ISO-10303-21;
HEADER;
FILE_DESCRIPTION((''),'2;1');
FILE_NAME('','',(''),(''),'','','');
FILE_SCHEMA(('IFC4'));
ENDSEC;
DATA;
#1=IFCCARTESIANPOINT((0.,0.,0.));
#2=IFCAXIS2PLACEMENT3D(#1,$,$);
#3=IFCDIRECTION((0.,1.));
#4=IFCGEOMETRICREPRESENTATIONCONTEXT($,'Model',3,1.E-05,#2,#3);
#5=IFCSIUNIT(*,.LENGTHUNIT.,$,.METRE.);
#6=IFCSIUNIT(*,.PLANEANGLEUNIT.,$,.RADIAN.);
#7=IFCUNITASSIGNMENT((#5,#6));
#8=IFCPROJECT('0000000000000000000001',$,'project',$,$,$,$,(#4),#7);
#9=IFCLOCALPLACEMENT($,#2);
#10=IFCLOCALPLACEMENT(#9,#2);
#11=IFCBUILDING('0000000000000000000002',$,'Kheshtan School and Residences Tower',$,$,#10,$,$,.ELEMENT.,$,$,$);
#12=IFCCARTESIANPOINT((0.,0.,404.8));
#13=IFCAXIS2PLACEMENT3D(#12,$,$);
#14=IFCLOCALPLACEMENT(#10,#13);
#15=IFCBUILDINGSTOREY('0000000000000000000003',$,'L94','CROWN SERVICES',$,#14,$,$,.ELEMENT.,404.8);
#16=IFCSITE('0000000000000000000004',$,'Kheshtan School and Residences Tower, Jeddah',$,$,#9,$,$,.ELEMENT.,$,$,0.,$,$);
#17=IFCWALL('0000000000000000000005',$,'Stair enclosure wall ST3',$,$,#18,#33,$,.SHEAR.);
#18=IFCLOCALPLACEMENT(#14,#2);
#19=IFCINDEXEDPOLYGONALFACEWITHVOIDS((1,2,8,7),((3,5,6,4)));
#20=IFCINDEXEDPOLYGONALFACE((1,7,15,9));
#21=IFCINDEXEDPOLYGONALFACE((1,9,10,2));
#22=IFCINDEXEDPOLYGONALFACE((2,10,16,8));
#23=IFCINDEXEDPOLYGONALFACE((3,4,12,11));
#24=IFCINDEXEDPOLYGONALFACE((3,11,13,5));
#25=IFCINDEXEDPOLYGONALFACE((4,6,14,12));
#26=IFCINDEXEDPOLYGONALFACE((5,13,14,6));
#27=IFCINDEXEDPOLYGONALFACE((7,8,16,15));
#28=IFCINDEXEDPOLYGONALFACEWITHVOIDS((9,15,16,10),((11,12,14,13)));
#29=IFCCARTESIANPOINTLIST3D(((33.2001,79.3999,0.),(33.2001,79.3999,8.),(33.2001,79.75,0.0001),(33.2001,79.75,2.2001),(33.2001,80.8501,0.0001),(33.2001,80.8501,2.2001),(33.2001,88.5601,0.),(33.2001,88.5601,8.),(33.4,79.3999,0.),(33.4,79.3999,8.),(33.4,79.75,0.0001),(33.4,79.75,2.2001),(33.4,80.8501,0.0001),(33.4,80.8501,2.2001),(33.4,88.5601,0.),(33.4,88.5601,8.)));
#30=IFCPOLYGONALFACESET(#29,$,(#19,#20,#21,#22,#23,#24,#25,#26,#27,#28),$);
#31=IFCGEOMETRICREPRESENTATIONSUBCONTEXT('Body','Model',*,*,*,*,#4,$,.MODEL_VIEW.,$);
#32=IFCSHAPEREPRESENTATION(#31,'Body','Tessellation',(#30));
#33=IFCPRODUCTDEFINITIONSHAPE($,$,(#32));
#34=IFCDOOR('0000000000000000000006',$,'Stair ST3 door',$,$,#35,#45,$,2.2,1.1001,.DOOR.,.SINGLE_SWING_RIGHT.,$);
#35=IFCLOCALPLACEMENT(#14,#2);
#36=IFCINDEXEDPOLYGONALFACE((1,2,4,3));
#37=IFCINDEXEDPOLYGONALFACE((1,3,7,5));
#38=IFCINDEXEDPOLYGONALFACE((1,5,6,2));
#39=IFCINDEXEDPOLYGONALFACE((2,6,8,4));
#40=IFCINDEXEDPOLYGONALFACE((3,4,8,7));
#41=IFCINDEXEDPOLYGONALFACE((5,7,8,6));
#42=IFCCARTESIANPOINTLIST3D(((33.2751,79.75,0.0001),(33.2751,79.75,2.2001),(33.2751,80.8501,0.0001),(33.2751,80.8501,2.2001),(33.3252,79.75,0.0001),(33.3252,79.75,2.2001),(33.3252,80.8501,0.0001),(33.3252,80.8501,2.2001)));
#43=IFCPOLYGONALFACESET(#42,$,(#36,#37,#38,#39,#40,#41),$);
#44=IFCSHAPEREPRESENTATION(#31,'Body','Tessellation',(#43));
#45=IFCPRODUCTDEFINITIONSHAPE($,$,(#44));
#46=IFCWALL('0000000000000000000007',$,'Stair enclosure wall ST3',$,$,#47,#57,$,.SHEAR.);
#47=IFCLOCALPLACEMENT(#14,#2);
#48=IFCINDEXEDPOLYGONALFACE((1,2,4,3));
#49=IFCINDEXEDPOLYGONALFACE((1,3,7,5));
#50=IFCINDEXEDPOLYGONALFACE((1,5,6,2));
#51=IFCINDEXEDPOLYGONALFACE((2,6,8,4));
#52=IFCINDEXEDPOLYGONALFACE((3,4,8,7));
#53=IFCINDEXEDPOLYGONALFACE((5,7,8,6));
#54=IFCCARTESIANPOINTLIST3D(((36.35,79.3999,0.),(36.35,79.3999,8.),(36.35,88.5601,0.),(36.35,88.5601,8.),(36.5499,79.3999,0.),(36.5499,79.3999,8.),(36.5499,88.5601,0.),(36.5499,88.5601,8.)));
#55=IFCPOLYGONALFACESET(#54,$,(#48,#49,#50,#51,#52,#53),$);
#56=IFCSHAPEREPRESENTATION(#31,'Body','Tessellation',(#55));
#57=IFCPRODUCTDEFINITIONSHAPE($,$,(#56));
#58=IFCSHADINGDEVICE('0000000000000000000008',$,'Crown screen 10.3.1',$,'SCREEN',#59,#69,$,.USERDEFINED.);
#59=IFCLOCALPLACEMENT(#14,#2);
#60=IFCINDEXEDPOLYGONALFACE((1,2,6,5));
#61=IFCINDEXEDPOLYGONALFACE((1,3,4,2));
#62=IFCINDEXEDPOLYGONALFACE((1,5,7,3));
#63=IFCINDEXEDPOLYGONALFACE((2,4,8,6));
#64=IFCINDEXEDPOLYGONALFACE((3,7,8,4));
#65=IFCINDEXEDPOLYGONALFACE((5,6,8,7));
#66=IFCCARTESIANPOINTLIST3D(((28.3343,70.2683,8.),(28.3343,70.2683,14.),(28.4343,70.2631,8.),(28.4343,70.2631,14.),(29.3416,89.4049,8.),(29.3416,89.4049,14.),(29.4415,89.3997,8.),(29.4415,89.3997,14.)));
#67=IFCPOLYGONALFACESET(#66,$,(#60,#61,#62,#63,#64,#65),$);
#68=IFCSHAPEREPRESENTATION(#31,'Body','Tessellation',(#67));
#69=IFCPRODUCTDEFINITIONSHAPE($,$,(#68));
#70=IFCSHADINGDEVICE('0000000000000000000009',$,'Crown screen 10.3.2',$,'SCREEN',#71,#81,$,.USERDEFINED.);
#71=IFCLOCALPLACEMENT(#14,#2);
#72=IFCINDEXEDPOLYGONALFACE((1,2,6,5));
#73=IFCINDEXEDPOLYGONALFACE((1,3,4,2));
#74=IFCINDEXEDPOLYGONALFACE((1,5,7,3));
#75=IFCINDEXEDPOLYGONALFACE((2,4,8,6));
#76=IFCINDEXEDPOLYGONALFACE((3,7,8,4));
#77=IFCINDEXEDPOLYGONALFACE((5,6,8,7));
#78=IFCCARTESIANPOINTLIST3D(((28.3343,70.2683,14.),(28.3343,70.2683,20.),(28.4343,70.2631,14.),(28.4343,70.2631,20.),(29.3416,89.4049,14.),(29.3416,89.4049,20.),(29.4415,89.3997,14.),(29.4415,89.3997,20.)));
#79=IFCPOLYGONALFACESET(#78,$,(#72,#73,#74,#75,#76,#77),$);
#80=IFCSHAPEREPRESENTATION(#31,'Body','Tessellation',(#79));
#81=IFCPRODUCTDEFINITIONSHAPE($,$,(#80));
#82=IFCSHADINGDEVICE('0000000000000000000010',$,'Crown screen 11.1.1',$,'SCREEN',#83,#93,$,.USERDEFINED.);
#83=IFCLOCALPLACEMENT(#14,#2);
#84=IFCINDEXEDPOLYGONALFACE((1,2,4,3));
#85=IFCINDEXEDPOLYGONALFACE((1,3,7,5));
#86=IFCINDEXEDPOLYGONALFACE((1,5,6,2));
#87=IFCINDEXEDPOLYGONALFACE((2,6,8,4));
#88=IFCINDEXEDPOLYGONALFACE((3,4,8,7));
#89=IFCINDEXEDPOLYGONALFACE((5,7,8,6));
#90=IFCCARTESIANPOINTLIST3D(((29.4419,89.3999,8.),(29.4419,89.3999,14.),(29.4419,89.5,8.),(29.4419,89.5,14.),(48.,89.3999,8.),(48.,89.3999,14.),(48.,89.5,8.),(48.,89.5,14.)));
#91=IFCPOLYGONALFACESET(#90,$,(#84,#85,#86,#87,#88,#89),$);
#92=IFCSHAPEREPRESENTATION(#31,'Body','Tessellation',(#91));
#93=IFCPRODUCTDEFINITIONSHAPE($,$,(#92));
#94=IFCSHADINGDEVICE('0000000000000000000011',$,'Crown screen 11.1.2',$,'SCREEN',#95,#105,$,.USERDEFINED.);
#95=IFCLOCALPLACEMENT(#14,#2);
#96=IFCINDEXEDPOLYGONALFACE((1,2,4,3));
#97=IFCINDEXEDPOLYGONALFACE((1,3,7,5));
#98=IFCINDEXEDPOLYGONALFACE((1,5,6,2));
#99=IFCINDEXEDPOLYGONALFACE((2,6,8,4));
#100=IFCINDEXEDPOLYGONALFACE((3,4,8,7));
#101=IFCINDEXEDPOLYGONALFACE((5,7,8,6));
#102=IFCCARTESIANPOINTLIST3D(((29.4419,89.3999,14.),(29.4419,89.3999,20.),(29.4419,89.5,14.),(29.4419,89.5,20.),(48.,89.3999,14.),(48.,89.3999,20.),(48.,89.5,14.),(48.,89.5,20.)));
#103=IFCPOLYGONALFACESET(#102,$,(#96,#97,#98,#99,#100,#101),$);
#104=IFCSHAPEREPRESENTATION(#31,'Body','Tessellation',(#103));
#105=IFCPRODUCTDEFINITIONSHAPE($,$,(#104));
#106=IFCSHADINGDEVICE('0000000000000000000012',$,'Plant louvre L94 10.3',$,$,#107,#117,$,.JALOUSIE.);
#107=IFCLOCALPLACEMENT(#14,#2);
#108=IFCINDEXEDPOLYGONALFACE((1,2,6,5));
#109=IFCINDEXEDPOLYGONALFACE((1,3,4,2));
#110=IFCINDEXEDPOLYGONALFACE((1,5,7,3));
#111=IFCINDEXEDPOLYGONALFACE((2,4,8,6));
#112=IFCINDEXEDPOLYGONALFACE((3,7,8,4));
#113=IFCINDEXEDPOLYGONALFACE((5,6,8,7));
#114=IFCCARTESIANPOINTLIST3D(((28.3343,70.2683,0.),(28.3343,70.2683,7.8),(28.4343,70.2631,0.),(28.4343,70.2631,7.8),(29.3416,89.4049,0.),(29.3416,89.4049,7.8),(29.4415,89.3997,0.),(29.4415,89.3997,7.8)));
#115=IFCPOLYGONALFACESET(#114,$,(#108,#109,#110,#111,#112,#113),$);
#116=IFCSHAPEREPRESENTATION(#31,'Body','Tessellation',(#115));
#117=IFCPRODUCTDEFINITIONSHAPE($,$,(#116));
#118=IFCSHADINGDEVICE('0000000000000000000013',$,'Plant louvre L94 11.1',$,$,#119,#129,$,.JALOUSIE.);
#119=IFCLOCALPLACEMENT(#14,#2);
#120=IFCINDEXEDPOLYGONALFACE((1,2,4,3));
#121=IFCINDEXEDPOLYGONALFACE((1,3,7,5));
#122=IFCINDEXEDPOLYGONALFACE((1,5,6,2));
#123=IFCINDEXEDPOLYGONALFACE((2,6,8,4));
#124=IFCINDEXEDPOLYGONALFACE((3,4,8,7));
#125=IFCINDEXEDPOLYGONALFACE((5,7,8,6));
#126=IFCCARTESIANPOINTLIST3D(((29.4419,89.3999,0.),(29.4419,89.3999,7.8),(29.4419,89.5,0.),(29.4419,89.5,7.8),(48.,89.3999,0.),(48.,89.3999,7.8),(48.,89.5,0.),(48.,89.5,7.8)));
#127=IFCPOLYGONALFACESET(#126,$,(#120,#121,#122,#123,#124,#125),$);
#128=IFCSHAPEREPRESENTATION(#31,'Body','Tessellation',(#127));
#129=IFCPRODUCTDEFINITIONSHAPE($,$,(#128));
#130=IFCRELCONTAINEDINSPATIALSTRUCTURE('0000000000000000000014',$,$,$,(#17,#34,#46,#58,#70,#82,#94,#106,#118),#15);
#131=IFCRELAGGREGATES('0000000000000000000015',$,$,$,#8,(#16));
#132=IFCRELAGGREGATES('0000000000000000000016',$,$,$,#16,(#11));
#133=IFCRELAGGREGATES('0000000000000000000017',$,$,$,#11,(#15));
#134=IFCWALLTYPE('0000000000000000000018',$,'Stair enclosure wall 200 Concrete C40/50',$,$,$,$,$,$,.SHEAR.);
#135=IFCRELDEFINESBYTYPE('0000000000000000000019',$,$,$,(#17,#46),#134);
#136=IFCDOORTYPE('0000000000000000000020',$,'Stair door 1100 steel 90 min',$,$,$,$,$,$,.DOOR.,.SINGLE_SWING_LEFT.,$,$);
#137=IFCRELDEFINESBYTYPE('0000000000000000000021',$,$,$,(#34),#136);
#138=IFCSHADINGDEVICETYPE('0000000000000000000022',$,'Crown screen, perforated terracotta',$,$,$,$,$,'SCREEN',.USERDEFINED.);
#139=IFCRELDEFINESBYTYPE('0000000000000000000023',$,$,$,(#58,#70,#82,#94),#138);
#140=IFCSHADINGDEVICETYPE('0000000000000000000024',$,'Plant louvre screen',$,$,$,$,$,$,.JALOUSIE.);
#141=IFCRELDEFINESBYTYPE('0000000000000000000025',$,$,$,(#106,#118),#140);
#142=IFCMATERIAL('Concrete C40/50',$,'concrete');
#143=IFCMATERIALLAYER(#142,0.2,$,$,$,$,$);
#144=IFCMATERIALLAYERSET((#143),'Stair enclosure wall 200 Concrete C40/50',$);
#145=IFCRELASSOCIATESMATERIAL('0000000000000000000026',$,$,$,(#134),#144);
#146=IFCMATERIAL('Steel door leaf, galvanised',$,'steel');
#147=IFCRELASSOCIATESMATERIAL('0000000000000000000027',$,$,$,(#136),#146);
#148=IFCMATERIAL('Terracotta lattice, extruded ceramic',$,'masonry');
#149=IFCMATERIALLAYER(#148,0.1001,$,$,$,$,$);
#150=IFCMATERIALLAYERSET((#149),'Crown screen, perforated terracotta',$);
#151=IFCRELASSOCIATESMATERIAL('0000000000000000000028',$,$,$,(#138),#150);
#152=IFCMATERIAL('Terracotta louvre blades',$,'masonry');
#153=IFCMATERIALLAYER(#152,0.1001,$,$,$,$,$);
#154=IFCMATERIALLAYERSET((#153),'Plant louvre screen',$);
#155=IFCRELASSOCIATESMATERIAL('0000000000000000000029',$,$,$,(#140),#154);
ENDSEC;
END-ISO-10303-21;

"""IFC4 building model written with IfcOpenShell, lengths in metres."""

from ifc_helpers import new_model, si_unit, direction, frame, frame_2d, origin, origin_2d, place, context, subcontext, project, spatial, rectangle, extrude, source, transform, mapped, material, layer, layer_set, type_object, element, fill, save


model = new_model("IFC4")

# Units and contexts
model_context = context("Model", 3, precision=1e-05, world=origin(), true_north=direction((0.0, 1.0)))
body_context = subcontext(model_context, "Body", "Model", "MODEL_VIEW")
ifc_project = project(units=[si_unit("LENGTHUNIT", "METRE"), si_unit("PLANEANGLEUNIT", "RADIAN")], contexts=[model_context])

# Site, building, storey
site_placement = place(None, origin())
site = spatial("IfcSite", under=ifc_project, at=site_placement, Name="Kheshtan School and Residences Tower, Jeddah", CompositionType="ELEMENT", RefElevation=0.0)
building_placement = place(site_placement, origin())
building = spatial("IfcBuilding", under=site, at=building_placement, Name="Kheshtan School and Residences Tower", CompositionType="ELEMENT")
storey_placement = place(building_placement, frame((0.0, 0.0, 404.8)))
storey = spatial("IfcBuildingStorey", under=building, at=storey_placement, Name="L94", Description="CROWN SERVICES", CompositionType="ELEMENT", Elevation=404.8)

# Shared definitions
ifc_material_1 = material(Name="Concrete C40/50", Category="concrete")
ifc_layer_1 = layer(ifc_material_1, 0.2)
ifc_layer_set_1 = layer_set([ifc_layer_1], Name="Stair enclosure wall 200 Concrete C40/50")
wall_type_1 = type_object("IfcWallType", Name="Stair enclosure wall 200 Concrete C40/50", PredefinedType="SHEAR", material=ifc_layer_set_1)

# Wall, opening, door
wall_1_placement = place(storey_placement, frame((33.3, 79.3999, 0.0), z_axis=(0.0, 0.0, 1.0), x_axis=(0.0, 1.0, 0.0)))
wall_1 = element("IfcWall", 1, at=wall_1_placement, inside=storey, type_object=wall_type_1, Name="Stair enclosure wall ST3", PredefinedType="SHEAR", context=body_context, shape_type="SweptSolid", body=[
    extrude(rectangle(XDim=9.1602, YDim=0.2, at=frame_2d((4.5801, 0.0))), origin(), (0.0, 0.0, 1.0), 8.0),
])
opening_placement = place(wall_1_placement, frame((0.3501, 0.0, 0.0)))
opening = element("IfcOpeningElement", 2, at=opening_placement, cuts=wall_1, PredefinedType="OPENING", context=body_context, shape_type="SweptSolid", body=[
    extrude(rectangle(XDim=1.1001, YDim=2.2, at=frame_2d((0.55, 1.1001))), frame((0.0, 0.1099, 0.0), z_axis=(0.0, -1.0, 0.0), x_axis=(1.0, 0.0, 0.0)), (0.0, 0.0, 1.0), 0.22),
])
ifc_material_2 = material(Name="Steel door leaf, galvanised", Category="steel")
door_type = type_object("IfcDoorType", Name="Stair door 1100 steel 90 min", OperationType="SINGLE_SWING_LEFT", PredefinedType="DOOR", material=ifc_material_2)
shared_shape = source(origin(), body_context, "Body", "SweptSolid", [
    extrude(rectangle(XDim=1.1001, YDim=2.2, at=frame_2d((0.55, 1.1001))), frame((0.0, 0.0249, 0.0), z_axis=(0.0, -1.0, 0.0), x_axis=(1.0, 0.0, 0.0)), (0.0, 0.0, 1.0), 0.05),
])
door_placement = place(opening_placement, origin())
door = element("IfcDoor", 3, at=door_placement, inside=storey, type_object=door_type, Name="Stair ST3 door", OperationType="SINGLE_SWING_RIGHT", OverallHeight=2.2, OverallWidth=1.1001, PredefinedType="DOOR", context=body_context, shape_type="MappedRepresentation", body=[
    mapped(shared_shape, transform((0.0, 0.0, 0.0), x_axis=(1.0, 0.0, 0.0), y_axis=(0.0, 1.0, 0.0), z_axis=(0.0, 0.0, 1.0), scale=1.0)),
])
fill(opening, door)

# Wall
wall_2_placement = place(storey_placement, frame((36.45, 79.3999, 0.0), z_axis=(0.0, 0.0, 1.0), x_axis=(0.0, 1.0, 0.0)))
element("IfcWall", 4, at=wall_2_placement, inside=storey, type_object=wall_type_1, Name="Stair enclosure wall ST3", PredefinedType="SHEAR", context=body_context, shape_type="SweptSolid", body=[
    extrude(rectangle(XDim=9.1602, YDim=0.2, at=frame_2d((4.5801, 0.0))), origin(), (0.0, 0.0, 1.0), 8.0),
])

# Shading devices
ifc_material_3 = material(Name="Terracotta lattice, extruded ceramic", Category="masonry")
ifc_layer_2 = layer(ifc_material_3, 0.1001)
ifc_layer_set_2 = layer_set([ifc_layer_2], Name="Crown screen, perforated terracotta")
shading_device_type_1 = type_object("IfcShadingDeviceType", Name="Crown screen, perforated terracotta", ElementType="SCREEN", PredefinedType="USERDEFINED", material=ifc_layer_set_2)
for number, where, z_axis, x_axis, name in (
    (5, (28.8879, 79.834, 8.0), (0.0, 0.0, 1.0), (0.052563, 0.998618, 0.0), "Crown screen 10.3.1"),
    (6, (28.8879, 79.834, 14.0), (0.0, 0.0, 1.0), (0.052563, 0.998618, 0.0), "Crown screen 10.3.2"),
):
    element("IfcShadingDevice", number, at=place(storey_placement, frame(where, z_axis=z_axis, x_axis=x_axis)), inside=storey, type_object=shading_device_type_1, Name=name, ObjectType="SCREEN", PredefinedType="USERDEFINED", context=body_context, shape_type="SweptSolid", body=[
        extrude(rectangle(XDim=19.1631, YDim=0.1001, at=origin_2d()), origin(), (0.0, 0.0, 1.0), 6.0),
    ])
for number, where, z_axis, x_axis, name in (
    (7, (38.7209, 89.45, 8.0), (0.0, 0.0, 1.0), (1.0, 0.0, 0.0), "Crown screen 11.1.1"),
    (8, (38.7209, 89.45, 14.0), (0.0, 0.0, 1.0), (1.0, 0.0, 0.0), "Crown screen 11.1.2"),
):
    element("IfcShadingDevice", number, at=place(storey_placement, frame(where, z_axis=z_axis, x_axis=x_axis)), inside=storey, type_object=shading_device_type_1, Name=name, ObjectType="SCREEN", PredefinedType="USERDEFINED", context=body_context, shape_type="SweptSolid", body=[
        extrude(rectangle(XDim=18.5581, YDim=0.1001, at=origin_2d()), origin(), (0.0, 0.0, 1.0), 6.0),
    ])
ifc_material_4 = material(Name="Terracotta louvre blades", Category="masonry")
ifc_layer_3 = layer(ifc_material_4, 0.1001)
ifc_layer_set_3 = layer_set([ifc_layer_3], Name="Plant louvre screen")
shading_device_type_2 = type_object("IfcShadingDeviceType", Name="Plant louvre screen", PredefinedType="JALOUSIE", material=ifc_layer_set_3)
shading_device_1_placement = place(storey_placement, frame((28.8879, 79.834, 0.0), z_axis=(0.0, 0.0, 1.0), x_axis=(0.052563, 0.998618, 0.0)))
element("IfcShadingDevice", 9, at=shading_device_1_placement, inside=storey, type_object=shading_device_type_2, Name="Plant louvre L94 10.3", PredefinedType="JALOUSIE", context=body_context, shape_type="SweptSolid", body=[
    extrude(rectangle(XDim=19.1631, YDim=0.1001, at=origin_2d()), origin(), (0.0, 0.0, 1.0), 7.8),
])
shading_device_2_placement = place(storey_placement, frame((38.7209, 89.45, 0.0), z_axis=(0.0, 0.0, 1.0), x_axis=(1.0, 0.0, 0.0)))
element("IfcShadingDevice", 10, at=shading_device_2_placement, inside=storey, type_object=shading_device_type_2, Name="Plant louvre L94 11.1", PredefinedType="JALOUSIE", context=body_context, shape_type="SweptSolid", body=[
    extrude(rectangle(XDim=18.5581, YDim=0.1001, at=origin_2d()), origin(), (0.0, 0.0, 1.0), 7.8),
])

save(model, "model.ifc")
